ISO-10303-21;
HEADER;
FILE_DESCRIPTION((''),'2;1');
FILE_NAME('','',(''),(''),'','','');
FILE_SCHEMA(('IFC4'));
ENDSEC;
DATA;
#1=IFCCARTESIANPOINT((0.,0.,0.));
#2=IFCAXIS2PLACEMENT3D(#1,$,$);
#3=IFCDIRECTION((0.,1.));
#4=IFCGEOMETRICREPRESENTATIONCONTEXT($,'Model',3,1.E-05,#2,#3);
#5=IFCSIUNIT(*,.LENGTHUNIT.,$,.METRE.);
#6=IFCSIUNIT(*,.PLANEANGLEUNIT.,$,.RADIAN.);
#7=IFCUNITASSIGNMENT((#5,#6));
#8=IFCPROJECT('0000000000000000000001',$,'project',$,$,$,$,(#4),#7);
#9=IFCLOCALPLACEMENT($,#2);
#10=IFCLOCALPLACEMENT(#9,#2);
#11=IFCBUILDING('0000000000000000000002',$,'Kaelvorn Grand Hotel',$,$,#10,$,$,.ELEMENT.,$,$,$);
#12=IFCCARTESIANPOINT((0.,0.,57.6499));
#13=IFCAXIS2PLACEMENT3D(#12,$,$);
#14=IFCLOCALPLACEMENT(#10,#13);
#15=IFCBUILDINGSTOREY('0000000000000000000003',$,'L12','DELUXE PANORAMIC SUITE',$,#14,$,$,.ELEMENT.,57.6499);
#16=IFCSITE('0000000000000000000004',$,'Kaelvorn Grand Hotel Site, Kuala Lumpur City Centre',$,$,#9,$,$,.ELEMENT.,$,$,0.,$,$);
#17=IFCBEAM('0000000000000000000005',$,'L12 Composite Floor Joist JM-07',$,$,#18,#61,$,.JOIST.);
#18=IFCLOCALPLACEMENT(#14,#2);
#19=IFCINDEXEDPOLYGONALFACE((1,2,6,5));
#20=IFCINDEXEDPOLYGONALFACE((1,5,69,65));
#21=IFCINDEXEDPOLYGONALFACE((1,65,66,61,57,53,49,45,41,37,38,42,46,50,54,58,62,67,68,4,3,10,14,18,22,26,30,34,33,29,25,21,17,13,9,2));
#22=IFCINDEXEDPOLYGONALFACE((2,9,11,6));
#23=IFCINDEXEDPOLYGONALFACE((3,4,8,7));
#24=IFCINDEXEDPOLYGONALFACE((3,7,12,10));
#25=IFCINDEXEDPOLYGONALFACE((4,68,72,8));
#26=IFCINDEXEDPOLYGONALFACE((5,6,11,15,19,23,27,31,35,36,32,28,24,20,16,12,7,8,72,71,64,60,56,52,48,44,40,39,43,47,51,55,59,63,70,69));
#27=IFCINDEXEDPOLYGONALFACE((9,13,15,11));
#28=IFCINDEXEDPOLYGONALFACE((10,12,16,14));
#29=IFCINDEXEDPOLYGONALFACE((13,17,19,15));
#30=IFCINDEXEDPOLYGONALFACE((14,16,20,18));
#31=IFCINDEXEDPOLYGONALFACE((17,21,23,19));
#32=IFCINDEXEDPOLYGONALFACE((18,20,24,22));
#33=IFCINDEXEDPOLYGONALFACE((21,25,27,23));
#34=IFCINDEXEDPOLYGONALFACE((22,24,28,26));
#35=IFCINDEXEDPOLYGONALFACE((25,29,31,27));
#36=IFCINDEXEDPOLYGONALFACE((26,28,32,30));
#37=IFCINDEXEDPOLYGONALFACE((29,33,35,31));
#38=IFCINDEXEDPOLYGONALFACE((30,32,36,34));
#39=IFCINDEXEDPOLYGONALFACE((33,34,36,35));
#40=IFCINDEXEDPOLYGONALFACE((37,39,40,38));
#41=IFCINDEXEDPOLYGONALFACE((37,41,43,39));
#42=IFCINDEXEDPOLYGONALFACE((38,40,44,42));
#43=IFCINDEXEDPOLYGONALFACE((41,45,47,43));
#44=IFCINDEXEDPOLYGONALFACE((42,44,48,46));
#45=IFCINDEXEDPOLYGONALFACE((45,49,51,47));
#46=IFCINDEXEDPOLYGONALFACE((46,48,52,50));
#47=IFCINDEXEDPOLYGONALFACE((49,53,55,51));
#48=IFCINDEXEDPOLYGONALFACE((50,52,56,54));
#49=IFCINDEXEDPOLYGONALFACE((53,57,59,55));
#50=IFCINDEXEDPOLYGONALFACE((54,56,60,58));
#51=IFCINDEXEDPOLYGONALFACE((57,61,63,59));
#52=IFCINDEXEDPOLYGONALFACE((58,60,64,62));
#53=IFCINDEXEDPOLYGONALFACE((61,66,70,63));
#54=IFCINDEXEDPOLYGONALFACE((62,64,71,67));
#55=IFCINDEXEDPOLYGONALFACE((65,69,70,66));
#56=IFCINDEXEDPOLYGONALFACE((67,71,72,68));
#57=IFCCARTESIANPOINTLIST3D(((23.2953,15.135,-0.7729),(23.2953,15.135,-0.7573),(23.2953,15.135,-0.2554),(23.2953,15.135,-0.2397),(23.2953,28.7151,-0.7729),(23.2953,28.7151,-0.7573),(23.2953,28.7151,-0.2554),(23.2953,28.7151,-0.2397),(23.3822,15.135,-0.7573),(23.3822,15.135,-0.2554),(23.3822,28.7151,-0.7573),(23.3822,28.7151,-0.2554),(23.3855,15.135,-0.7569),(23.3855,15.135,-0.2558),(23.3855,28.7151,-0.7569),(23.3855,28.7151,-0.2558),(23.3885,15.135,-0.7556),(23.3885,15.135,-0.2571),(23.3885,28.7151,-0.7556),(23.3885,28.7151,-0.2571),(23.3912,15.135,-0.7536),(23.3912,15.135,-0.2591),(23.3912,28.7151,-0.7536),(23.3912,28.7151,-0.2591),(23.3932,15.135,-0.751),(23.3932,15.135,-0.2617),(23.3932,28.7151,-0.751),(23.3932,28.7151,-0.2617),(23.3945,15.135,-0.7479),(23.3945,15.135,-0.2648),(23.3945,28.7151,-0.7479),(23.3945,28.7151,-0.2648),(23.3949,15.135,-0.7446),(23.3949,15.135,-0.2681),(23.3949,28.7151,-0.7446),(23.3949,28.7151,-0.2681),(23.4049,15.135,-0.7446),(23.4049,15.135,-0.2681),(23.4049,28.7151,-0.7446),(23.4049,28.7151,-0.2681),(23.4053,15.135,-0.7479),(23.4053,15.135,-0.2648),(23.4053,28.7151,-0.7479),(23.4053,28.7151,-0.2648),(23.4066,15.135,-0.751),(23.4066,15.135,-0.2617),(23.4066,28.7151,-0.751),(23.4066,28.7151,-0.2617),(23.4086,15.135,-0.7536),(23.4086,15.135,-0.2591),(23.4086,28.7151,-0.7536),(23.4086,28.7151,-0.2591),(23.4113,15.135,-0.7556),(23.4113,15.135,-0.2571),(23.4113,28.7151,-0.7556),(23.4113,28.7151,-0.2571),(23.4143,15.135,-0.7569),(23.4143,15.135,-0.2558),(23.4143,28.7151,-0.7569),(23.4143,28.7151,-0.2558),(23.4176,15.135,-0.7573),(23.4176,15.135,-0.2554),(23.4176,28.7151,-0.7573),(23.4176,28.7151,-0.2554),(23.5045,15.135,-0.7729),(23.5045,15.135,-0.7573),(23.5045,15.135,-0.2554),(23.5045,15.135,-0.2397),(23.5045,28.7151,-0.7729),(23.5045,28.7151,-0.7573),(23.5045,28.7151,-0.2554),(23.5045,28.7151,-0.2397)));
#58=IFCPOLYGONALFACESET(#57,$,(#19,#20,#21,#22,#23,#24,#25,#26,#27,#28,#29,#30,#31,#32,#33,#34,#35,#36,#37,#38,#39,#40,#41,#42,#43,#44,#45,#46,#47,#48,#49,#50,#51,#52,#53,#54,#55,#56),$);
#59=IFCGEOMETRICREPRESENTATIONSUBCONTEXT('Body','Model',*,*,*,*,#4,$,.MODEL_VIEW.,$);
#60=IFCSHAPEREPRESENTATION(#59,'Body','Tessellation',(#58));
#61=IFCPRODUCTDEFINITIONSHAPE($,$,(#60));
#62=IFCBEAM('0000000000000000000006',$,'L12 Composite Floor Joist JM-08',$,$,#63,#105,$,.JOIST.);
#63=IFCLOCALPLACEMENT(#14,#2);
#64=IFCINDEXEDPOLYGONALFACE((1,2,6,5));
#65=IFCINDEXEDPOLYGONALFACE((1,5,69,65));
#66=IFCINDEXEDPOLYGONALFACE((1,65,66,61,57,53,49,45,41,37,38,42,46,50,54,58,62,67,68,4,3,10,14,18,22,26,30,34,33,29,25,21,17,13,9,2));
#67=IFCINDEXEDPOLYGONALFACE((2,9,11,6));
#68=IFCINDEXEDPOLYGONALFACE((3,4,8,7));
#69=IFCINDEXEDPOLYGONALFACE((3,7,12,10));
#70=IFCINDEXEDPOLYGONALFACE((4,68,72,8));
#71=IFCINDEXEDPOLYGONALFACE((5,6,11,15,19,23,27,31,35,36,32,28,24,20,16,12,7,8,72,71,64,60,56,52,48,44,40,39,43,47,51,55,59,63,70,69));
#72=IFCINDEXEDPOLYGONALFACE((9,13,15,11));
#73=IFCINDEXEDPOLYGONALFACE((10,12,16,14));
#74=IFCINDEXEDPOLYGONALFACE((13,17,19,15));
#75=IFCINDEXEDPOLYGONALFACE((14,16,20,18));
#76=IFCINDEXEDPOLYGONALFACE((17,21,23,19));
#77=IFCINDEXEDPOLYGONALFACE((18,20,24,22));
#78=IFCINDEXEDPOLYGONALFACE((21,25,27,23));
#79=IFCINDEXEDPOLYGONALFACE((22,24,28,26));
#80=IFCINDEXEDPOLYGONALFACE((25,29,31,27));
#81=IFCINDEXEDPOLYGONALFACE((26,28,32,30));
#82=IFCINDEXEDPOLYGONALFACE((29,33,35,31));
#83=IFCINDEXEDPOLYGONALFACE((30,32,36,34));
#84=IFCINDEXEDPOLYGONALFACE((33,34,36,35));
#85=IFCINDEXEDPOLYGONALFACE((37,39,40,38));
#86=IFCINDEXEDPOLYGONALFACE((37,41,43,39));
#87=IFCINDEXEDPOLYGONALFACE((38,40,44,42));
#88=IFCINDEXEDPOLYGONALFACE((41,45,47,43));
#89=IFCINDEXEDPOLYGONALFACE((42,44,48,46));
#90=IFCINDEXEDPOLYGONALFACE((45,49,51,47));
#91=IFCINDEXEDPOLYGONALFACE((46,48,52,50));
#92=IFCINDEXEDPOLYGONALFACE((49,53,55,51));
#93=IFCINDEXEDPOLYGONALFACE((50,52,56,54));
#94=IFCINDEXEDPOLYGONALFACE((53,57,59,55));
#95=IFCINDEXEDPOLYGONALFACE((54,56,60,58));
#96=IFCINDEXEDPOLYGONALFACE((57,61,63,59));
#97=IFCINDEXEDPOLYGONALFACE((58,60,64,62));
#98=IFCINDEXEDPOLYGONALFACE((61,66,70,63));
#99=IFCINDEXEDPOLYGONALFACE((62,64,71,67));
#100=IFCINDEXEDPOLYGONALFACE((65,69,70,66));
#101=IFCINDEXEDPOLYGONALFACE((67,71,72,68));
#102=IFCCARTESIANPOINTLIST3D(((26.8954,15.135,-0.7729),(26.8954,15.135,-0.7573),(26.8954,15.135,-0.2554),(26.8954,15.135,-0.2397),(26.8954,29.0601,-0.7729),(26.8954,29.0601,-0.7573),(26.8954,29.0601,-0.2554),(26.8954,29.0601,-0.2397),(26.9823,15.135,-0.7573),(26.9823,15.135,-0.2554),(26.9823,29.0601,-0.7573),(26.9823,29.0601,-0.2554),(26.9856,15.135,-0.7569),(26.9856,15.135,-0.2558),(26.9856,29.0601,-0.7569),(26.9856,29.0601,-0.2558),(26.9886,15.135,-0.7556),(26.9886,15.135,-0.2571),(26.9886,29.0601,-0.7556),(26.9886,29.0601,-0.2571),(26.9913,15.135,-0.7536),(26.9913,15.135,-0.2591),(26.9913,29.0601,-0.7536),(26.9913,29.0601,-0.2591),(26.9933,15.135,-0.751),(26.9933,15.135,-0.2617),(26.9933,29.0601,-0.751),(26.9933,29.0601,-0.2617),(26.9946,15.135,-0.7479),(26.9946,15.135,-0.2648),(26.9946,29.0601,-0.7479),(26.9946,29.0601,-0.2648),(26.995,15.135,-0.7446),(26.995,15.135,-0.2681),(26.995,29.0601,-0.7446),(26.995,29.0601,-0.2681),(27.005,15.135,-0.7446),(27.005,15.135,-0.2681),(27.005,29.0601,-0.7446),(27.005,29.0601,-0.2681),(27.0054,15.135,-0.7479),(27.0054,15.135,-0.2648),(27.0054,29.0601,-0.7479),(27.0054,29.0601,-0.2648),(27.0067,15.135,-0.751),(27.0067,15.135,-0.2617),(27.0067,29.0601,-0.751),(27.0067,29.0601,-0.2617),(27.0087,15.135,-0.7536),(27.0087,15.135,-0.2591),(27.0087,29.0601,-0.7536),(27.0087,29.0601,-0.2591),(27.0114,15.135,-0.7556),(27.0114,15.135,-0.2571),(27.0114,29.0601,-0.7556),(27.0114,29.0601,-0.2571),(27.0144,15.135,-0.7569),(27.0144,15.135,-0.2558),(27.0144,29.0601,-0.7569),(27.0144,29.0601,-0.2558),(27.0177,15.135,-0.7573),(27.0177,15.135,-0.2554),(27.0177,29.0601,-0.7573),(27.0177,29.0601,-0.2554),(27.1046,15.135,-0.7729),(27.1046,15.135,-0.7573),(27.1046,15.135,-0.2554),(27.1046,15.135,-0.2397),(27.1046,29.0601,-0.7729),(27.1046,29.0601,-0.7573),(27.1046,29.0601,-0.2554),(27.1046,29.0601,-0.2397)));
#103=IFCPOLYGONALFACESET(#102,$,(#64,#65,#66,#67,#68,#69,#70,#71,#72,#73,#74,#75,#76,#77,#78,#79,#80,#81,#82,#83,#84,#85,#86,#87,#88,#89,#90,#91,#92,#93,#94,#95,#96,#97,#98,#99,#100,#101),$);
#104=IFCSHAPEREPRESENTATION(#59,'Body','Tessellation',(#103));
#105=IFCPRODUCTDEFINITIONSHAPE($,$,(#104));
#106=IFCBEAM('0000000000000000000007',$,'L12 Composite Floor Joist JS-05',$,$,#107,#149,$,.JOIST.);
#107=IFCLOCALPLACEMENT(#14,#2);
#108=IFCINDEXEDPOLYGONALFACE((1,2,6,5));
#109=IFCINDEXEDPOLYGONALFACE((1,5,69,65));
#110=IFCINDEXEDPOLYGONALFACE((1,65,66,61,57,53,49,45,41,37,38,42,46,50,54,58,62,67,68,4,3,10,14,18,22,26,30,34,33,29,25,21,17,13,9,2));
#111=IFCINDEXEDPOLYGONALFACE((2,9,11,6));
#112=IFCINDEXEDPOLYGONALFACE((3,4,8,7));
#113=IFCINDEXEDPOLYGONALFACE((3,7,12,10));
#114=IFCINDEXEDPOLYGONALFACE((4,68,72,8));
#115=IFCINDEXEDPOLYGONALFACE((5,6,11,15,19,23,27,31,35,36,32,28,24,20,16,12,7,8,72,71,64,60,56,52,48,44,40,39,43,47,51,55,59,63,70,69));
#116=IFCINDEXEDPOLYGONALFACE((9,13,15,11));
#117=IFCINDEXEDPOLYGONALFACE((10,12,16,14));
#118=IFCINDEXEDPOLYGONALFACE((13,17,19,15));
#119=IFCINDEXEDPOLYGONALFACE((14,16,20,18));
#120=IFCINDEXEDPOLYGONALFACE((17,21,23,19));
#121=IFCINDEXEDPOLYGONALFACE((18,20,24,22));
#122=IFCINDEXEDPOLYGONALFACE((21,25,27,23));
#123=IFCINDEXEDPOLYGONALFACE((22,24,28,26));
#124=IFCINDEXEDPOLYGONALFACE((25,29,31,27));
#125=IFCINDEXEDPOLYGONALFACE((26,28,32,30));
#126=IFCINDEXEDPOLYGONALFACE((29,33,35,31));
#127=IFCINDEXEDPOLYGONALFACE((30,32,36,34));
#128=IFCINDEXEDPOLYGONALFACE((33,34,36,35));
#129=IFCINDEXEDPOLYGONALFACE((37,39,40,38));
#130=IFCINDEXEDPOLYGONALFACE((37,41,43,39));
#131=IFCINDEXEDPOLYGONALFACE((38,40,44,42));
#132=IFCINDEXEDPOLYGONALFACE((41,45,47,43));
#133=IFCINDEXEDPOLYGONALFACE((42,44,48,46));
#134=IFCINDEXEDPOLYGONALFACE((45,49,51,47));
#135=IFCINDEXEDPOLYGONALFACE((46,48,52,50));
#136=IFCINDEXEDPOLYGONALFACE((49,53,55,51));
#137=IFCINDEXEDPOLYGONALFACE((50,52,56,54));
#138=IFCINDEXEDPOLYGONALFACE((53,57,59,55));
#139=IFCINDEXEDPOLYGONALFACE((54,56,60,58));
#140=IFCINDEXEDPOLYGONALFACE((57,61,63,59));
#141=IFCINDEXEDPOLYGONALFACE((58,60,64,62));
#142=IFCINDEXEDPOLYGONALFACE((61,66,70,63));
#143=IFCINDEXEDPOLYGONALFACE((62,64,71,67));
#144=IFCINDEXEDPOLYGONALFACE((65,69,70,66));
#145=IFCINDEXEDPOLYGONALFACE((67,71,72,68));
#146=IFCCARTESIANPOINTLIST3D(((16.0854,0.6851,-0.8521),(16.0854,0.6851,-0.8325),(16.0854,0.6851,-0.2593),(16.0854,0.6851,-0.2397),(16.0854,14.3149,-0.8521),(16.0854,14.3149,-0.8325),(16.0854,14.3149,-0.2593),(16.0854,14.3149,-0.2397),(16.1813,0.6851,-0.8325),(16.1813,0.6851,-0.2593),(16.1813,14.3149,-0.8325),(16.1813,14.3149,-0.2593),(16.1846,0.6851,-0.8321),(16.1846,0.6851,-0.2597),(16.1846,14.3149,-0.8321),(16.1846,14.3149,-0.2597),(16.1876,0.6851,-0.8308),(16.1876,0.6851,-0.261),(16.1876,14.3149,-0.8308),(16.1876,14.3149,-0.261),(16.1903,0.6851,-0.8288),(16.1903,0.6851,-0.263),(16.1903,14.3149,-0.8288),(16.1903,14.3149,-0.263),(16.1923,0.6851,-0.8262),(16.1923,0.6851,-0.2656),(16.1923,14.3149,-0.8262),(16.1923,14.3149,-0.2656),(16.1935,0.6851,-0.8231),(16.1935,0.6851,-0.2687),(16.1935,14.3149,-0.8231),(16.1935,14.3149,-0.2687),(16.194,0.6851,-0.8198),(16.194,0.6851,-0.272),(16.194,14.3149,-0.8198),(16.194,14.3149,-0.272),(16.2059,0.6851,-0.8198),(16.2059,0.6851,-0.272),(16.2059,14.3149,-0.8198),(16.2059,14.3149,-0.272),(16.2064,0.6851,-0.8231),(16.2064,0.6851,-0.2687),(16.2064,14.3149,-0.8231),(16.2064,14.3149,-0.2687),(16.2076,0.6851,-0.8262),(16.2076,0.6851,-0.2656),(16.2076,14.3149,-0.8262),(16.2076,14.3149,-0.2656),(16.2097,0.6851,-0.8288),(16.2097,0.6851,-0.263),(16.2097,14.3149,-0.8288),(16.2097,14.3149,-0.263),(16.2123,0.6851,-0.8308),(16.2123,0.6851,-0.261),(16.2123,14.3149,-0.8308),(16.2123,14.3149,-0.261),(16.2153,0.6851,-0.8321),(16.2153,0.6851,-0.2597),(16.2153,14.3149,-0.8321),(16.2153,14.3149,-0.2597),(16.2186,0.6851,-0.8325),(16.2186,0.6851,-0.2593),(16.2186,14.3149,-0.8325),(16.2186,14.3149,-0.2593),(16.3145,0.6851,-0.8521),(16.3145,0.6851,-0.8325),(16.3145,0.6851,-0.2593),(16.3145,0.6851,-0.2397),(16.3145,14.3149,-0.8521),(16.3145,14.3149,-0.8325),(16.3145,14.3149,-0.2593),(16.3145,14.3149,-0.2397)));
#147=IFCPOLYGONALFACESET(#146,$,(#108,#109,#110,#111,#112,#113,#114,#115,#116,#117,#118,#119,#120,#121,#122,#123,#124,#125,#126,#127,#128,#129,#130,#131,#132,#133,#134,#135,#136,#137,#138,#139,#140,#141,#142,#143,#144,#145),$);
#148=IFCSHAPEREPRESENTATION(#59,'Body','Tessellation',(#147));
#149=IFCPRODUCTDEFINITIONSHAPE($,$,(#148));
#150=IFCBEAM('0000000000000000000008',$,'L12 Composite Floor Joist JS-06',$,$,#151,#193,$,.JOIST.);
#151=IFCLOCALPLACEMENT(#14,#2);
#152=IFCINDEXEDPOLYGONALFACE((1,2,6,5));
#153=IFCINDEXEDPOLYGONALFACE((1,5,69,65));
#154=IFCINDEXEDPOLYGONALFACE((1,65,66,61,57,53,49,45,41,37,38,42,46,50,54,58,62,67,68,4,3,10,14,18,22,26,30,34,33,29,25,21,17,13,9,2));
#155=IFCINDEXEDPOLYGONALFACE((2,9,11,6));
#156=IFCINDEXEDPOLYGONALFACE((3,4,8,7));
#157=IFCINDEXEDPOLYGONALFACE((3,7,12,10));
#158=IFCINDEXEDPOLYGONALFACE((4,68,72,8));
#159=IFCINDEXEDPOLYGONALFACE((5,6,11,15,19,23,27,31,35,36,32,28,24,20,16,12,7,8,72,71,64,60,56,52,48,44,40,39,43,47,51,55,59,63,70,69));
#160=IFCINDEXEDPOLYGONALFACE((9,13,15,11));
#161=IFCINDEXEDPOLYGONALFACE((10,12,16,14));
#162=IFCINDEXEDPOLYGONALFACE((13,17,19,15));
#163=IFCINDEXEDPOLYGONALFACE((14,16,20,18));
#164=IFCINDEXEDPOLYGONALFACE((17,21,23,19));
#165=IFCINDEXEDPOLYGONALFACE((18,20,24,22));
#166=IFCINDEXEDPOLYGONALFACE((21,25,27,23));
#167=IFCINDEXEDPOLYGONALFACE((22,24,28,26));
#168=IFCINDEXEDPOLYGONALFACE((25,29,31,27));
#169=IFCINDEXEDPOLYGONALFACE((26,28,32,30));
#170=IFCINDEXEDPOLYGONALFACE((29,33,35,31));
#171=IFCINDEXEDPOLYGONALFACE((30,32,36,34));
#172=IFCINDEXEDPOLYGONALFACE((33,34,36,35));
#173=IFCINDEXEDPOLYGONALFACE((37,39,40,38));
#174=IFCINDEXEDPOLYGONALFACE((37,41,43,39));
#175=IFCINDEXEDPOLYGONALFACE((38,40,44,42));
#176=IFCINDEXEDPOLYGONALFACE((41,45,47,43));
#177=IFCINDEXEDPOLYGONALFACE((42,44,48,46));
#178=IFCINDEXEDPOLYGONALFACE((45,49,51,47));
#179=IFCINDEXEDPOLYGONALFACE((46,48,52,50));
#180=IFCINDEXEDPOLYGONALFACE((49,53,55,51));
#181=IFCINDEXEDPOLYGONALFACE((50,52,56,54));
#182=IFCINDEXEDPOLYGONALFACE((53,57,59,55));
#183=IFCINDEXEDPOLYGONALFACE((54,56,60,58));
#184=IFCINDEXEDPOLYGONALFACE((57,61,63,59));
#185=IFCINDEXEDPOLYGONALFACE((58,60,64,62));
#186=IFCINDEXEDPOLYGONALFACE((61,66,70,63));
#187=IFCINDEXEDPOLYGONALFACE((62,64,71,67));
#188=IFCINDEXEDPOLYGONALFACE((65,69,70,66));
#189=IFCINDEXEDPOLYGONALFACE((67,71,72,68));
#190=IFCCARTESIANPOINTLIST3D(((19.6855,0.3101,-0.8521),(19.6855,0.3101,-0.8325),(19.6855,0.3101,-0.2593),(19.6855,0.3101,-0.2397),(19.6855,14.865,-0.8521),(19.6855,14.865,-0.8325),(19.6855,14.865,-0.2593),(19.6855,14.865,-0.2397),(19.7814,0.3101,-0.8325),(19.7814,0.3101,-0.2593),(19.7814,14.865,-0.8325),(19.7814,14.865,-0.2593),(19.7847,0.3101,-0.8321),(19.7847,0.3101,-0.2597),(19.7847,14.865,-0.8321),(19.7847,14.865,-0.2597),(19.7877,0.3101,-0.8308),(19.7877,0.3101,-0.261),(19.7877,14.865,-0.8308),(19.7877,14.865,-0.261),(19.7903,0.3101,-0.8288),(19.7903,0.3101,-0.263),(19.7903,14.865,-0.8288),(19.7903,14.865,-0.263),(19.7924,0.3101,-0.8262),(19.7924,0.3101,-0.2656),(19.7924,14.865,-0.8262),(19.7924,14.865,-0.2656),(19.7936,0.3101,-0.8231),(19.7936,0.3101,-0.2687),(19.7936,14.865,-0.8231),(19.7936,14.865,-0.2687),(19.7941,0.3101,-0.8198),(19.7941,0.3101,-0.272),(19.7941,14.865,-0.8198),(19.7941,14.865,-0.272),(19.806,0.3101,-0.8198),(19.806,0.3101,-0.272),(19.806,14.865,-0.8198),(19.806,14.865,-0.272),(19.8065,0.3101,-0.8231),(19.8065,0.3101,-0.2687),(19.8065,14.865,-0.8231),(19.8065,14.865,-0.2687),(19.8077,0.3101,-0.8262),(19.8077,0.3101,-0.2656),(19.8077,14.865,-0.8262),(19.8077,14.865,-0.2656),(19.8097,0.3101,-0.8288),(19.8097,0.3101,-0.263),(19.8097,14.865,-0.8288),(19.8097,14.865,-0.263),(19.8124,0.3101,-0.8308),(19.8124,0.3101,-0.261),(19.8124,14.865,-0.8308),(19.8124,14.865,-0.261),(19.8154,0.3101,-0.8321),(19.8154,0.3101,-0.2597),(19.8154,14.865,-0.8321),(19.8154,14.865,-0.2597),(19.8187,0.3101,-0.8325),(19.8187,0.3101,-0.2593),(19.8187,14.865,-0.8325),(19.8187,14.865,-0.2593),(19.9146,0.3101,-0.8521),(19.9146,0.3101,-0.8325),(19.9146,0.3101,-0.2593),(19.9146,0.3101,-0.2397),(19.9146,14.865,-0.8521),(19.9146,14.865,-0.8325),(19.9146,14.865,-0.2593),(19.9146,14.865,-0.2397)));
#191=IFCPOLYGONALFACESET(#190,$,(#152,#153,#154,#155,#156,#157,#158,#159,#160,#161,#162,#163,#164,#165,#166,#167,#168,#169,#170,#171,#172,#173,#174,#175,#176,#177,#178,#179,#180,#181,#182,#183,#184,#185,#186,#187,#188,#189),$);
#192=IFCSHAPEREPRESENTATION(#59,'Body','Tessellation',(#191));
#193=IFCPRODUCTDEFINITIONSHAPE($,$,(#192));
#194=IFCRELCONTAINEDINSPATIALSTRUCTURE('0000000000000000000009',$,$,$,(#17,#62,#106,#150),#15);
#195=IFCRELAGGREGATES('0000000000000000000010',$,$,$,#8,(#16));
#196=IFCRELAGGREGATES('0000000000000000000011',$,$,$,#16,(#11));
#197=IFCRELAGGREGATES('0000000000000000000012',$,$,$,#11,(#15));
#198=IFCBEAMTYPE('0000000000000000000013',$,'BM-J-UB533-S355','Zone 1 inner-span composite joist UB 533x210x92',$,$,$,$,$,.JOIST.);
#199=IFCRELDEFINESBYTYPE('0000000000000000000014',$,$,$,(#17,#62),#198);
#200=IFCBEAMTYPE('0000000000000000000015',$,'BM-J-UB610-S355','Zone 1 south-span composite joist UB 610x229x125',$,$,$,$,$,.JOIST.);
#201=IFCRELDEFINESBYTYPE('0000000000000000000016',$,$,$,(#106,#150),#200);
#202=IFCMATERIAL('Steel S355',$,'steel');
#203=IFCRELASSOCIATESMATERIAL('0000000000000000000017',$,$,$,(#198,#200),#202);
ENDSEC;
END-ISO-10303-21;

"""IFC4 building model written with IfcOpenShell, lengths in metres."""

from ifc_helpers import new_model, si_unit, direction, frame, origin, origin_2d, place, context, subcontext, project, spatial, i_section, extrude, material, material_profile, profile_set, type_object, element, save


model = new_model("IFC4")

# Units and contexts
model_context = context("Model", 3, precision=1e-05, world=origin(), true_north=direction((0.0, 1.0)))
body_context = subcontext(model_context, "Body", "Model", "MODEL_VIEW")
ifc_project = project(units=[si_unit("LENGTHUNIT", "METRE"), si_unit("PLANEANGLEUNIT", "RADIAN")], contexts=[model_context])

# Site, building, storey
site_placement = place(None, origin())
site = spatial("IfcSite", under=ifc_project, at=site_placement, Name="Kaelvorn Grand Hotel Site, Kuala Lumpur City Centre", CompositionType="ELEMENT", RefElevation=0.0)
building_placement = place(site_placement, origin())
building = spatial("IfcBuilding", under=site, at=building_placement, Name="Kaelvorn Grand Hotel", CompositionType="ELEMENT")
storey_placement = place(building_placement, frame((0.0, 0.0, 57.6499)))
storey = spatial("IfcBuildingStorey", under=building, at=storey_placement, Name="L12", Description="DELUXE PANORAMIC SUITE", CompositionType="ELEMENT", Elevation=57.6499)

# Beams
ifc_material_1 = material(Name="Steel S355", Category="steel")
ifc_material_profile_1 = material_profile(ifc_material_1, i_section(OverallWidth=0.2092, OverallDepth=0.5332, WebThickness=0.01, FlangeThickness=0.0156, FilletRadius=0.0127, at=origin_2d()), Name="UB 533x210x92")
ifc_profile_set_1 = profile_set([ifc_material_profile_1], Name="Steel S355")
beam_type_1 = type_object("IfcBeamType", Name="BM-J-UB533-S355", Description="Zone 1 inner-span composite joist UB 533x210x92", PredefinedType="JOIST", material=ifc_profile_set_1)
beam_1_placement = place(storey_placement, frame((23.3999, 15.135, -0.5063), z_axis=(0.0, 1.0, 0.0), x_axis=(-1.0, 0.0, 0.0)))
element("IfcBeam", 1, at=beam_1_placement, inside=storey, type_object=beam_type_1, Name="L12 Composite Floor Joist JM-07", PredefinedType="JOIST", context=body_context, shape_type="SweptSolid", body=[
    extrude(i_section(OverallWidth=0.2092, OverallDepth=0.5332, WebThickness=0.01, FlangeThickness=0.0156, FilletRadius=0.0127, at=origin_2d()), origin(), (0.0, 0.0, 1.0), 13.5801),
])
beam_2_placement = place(storey_placement, frame((27.0, 15.135, -0.5063), z_axis=(0.0, 1.0, 0.0), x_axis=(-1.0, 0.0, 0.0)))
element("IfcBeam", 2, at=beam_2_placement, inside=storey, type_object=beam_type_1, Name="L12 Composite Floor Joist JM-08", PredefinedType="JOIST", context=body_context, shape_type="SweptSolid", body=[
    extrude(i_section(OverallWidth=0.2092, OverallDepth=0.5332, WebThickness=0.01, FlangeThickness=0.0156, FilletRadius=0.0127, at=origin_2d()), origin(), (0.0, 0.0, 1.0), 13.925),
])
ifc_material_profile_2 = material_profile(ifc_material_1, i_section(OverallWidth=0.229, OverallDepth=0.6123, WebThickness=0.012, FlangeThickness=0.0195, FilletRadius=0.0127, at=origin_2d()), Name="UB 610x229x125")
ifc_profile_set_2 = profile_set([ifc_material_profile_2], Name="Steel S355")
beam_type_2 = type_object("IfcBeamType", Name="BM-J-UB610-S355", Description="Zone 1 south-span composite joist UB 610x229x125", PredefinedType="JOIST", material=ifc_profile_set_2)
beam_3_placement = place(storey_placement, frame((16.2, 0.6851, -0.5459), z_axis=(0.0, 1.0, 0.0), x_axis=(-1.0, 0.0, 0.0)))
element("IfcBeam", 3, at=beam_3_placement, inside=storey, type_object=beam_type_2, Name="L12 Composite Floor Joist JS-05", PredefinedType="JOIST", context=body_context, shape_type="SweptSolid", body=[
    extrude(i_section(OverallWidth=0.229, OverallDepth=0.6123, WebThickness=0.012, FlangeThickness=0.0195, FilletRadius=0.0127, at=origin_2d()), origin(), (0.0, 0.0, 1.0), 13.6299),
])
for number, where, z_axis, x_axis, name in (
    (4, (19.8, 0.3101, -0.5459), (0.0, 1.0, 0.0), (-1.0, 0.0, 0.0), "L12 Composite Floor Joist JS-06"),
):
    element("IfcBeam", number, at=place(storey_placement, frame(where, z_axis=z_axis, x_axis=x_axis)), inside=storey, type_object=beam_type_2, Name=name, PredefinedType="JOIST", context=body_context, shape_type="SweptSolid", body=[
        extrude(i_section(OverallWidth=0.229, OverallDepth=0.6123, WebThickness=0.012, FlangeThickness=0.0195, FilletRadius=0.0127, at=origin_2d()), origin(), (0.0, 0.0, 1.0), 14.5549),
    ])

save(model, "model.ifc")
